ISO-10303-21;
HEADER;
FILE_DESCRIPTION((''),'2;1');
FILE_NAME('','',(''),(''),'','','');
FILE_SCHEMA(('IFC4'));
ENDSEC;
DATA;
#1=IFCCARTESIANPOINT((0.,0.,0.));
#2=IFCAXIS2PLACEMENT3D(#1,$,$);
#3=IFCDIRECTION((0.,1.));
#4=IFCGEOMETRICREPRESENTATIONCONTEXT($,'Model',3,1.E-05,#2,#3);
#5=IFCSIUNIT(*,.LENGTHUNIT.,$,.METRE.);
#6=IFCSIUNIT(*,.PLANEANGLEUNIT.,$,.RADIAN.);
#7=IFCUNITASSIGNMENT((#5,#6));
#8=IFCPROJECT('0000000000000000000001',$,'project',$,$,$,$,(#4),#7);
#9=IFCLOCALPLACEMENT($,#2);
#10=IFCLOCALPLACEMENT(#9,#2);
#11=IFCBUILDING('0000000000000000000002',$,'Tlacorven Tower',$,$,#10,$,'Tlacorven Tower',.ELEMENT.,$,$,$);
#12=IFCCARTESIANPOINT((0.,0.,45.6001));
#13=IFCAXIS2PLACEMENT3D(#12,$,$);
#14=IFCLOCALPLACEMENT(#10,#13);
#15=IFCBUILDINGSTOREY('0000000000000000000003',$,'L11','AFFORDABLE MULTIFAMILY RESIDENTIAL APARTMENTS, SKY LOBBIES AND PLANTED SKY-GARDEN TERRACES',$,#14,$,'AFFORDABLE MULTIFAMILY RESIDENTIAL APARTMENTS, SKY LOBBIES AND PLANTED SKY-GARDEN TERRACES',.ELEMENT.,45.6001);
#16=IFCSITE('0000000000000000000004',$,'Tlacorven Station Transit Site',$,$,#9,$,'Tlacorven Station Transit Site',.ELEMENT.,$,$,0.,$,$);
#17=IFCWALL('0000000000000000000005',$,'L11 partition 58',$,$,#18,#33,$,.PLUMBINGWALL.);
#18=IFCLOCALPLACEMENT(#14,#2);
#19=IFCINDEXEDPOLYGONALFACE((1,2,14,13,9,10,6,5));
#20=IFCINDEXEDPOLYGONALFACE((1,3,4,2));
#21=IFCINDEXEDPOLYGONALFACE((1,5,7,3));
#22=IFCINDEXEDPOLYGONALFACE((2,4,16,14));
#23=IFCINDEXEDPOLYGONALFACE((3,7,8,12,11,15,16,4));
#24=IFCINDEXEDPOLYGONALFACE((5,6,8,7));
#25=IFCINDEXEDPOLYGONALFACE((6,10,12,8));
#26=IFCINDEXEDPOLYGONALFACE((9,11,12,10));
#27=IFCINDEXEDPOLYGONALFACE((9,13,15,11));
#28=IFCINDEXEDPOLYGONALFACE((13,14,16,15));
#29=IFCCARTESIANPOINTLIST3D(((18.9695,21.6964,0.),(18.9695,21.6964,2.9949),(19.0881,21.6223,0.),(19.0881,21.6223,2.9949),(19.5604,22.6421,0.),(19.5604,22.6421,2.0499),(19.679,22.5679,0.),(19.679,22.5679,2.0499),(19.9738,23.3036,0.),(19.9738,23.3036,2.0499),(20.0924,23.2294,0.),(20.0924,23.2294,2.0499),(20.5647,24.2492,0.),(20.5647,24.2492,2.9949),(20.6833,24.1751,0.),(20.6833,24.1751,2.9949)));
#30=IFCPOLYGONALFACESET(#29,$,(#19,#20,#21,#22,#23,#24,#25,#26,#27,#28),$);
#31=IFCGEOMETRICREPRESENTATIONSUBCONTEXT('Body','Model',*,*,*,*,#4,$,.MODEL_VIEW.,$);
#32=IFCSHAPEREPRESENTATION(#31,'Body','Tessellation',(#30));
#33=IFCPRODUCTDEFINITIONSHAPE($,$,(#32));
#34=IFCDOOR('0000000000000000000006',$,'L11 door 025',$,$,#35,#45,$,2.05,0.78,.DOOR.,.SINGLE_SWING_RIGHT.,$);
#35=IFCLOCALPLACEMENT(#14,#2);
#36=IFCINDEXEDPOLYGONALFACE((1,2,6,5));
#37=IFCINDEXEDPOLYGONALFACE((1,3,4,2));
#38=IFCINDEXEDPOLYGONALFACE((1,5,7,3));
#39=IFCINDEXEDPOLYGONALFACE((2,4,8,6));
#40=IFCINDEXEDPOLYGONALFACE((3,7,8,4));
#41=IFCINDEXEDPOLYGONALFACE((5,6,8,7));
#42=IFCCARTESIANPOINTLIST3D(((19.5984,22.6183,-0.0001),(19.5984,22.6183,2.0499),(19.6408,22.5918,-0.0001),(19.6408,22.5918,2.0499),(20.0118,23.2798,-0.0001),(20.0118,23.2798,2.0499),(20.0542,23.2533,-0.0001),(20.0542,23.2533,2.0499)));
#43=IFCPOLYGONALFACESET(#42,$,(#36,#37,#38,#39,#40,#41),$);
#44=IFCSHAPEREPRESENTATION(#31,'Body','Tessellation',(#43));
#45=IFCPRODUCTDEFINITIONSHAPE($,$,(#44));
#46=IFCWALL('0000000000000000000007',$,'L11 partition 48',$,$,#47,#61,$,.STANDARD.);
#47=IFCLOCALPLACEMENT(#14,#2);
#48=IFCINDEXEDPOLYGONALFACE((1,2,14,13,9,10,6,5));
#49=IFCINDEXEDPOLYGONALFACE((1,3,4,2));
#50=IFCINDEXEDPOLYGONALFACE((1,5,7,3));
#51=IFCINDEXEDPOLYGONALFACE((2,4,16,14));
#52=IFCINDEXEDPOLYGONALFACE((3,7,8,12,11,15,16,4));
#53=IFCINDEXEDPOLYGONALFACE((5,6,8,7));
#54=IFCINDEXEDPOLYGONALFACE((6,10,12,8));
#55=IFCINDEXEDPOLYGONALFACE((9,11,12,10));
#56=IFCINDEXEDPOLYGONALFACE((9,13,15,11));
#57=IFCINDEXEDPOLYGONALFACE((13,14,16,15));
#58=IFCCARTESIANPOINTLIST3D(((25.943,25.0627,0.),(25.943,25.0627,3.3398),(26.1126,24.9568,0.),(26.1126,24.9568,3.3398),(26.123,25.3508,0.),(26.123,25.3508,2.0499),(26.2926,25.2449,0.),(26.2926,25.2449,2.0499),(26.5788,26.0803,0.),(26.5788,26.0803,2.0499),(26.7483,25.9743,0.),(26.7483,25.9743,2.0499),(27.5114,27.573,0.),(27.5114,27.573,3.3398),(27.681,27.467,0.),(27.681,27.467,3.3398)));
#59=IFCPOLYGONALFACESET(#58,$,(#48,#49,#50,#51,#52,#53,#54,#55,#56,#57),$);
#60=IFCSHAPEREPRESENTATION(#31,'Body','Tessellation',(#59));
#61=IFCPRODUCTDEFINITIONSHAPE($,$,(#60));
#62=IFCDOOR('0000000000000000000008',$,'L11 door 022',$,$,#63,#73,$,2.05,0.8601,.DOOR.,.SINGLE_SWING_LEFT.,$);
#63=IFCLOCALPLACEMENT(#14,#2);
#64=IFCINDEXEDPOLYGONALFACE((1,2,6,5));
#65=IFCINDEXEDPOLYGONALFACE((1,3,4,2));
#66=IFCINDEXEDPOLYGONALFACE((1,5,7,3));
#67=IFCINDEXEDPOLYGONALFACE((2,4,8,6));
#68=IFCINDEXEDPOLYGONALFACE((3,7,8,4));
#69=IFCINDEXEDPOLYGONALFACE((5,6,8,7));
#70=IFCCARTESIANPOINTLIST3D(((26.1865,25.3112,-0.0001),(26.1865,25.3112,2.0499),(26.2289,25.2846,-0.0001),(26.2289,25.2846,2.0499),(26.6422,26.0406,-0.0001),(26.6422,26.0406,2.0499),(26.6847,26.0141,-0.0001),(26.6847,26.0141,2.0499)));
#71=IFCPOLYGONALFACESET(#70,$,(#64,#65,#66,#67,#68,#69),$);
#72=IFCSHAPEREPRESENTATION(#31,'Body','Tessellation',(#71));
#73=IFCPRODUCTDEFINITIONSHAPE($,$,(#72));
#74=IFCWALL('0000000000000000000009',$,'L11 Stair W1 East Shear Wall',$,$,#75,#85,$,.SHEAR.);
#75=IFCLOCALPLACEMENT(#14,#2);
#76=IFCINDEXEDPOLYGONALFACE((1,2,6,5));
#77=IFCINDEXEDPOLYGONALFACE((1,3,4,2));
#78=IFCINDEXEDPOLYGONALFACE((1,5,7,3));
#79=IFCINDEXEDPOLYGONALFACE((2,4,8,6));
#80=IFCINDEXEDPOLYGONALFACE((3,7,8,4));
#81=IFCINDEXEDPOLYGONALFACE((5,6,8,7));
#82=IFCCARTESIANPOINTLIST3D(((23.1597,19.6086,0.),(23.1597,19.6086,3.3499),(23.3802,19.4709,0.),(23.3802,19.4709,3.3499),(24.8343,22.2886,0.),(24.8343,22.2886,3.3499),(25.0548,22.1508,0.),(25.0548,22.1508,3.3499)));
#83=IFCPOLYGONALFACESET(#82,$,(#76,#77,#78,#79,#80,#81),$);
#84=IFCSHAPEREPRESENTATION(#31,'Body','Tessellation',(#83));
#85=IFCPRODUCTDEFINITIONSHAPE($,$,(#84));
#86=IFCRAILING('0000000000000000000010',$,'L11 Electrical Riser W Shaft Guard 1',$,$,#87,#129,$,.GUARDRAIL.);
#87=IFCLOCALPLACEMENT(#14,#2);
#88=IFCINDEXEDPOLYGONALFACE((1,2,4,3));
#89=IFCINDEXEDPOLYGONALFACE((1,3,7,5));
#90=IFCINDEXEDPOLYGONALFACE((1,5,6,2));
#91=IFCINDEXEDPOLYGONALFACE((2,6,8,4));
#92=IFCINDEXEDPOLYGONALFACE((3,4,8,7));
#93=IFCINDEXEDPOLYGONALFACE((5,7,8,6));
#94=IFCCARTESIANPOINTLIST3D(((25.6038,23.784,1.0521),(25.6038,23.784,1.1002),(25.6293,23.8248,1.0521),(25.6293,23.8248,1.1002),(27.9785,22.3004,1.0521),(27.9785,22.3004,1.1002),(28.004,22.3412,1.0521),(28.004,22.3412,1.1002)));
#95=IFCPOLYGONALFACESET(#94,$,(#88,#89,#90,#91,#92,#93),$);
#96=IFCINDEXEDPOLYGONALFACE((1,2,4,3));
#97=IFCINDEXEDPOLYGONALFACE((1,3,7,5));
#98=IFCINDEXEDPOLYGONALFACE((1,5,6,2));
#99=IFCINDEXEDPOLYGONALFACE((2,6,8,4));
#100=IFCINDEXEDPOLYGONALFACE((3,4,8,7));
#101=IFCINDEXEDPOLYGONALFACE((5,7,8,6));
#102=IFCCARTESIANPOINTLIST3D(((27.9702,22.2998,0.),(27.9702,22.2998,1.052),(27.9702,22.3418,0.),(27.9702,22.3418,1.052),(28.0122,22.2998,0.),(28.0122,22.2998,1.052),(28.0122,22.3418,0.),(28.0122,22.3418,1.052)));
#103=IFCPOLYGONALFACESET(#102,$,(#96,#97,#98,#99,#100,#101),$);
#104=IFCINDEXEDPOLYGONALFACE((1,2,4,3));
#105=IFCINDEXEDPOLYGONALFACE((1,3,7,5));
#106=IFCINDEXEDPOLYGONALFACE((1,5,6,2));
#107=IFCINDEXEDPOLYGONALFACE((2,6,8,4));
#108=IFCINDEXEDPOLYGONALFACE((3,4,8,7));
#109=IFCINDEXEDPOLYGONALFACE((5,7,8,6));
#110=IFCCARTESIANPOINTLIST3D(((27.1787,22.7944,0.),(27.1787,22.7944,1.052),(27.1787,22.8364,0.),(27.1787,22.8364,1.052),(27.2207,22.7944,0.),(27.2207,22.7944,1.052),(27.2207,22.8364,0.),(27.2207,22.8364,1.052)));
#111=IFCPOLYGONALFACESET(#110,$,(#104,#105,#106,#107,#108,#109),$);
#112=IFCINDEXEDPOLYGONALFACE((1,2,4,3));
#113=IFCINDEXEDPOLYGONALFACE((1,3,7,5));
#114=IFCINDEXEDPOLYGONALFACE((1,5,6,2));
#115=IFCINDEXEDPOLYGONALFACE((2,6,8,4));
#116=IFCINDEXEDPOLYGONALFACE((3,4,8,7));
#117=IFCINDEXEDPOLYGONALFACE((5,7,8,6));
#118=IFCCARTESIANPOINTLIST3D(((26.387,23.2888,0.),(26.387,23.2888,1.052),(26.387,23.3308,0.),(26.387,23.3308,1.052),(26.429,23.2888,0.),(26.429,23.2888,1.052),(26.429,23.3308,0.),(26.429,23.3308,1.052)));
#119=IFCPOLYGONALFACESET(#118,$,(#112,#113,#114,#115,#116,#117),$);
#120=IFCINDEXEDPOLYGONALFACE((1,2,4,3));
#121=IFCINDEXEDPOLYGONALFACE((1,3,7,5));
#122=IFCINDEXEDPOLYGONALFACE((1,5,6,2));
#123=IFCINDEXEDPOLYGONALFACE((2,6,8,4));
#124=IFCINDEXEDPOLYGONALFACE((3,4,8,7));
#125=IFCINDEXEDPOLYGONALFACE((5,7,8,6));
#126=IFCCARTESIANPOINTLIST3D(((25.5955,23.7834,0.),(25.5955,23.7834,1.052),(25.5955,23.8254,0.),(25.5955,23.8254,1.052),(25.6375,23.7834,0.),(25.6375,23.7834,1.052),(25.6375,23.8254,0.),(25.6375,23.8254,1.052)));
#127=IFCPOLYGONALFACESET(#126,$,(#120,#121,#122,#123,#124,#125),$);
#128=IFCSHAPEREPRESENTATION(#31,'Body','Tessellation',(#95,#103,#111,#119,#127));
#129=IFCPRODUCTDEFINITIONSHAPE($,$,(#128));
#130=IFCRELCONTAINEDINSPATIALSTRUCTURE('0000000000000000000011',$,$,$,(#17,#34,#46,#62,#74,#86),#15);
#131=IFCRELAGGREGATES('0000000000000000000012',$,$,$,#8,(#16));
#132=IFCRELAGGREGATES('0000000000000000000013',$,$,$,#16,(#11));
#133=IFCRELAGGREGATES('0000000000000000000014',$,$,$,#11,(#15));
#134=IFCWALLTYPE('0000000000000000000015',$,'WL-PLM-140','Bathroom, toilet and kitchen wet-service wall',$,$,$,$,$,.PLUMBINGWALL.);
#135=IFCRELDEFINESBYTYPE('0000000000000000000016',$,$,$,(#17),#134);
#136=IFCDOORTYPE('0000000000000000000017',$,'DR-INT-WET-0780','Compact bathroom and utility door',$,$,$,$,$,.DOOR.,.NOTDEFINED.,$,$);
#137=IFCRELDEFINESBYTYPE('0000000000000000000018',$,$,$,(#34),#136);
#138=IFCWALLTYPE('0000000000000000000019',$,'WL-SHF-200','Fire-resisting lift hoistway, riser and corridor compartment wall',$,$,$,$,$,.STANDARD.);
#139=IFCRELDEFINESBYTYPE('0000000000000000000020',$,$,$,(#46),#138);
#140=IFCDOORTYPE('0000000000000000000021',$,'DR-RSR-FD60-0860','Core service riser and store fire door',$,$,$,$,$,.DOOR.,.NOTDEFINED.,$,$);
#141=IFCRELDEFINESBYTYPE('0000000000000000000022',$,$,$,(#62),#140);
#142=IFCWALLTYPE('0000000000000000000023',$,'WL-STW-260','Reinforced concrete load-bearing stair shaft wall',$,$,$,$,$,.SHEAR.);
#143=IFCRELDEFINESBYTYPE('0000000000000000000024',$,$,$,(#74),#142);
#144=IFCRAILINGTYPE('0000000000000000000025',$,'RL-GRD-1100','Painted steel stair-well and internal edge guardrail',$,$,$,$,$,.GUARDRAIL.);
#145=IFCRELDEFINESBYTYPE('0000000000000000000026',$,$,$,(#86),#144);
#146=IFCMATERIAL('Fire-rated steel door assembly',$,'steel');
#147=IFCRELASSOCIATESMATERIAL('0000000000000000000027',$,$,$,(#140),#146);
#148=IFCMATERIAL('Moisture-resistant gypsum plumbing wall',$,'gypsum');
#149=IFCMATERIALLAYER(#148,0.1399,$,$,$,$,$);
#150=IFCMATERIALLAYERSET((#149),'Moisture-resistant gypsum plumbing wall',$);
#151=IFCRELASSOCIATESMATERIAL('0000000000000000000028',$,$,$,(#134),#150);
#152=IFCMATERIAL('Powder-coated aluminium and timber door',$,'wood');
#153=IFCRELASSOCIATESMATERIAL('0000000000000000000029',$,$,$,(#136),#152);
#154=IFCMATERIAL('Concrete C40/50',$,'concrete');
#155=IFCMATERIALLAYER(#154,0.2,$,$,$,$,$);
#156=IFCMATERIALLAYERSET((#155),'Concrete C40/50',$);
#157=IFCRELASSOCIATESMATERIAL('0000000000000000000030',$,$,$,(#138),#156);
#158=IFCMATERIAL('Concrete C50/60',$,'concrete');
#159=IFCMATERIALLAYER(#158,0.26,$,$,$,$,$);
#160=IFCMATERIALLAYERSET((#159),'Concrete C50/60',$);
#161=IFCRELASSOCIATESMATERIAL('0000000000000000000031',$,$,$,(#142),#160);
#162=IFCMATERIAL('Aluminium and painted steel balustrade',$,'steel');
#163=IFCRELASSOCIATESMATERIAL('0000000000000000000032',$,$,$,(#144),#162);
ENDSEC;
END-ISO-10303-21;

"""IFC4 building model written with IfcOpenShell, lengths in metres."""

from ifc_helpers import new_model, si_unit, direction, frame, frame_2d, origin, origin_2d, place, context, subcontext, project, spatial, rectangle, extrude, source, transform, mapped, material, layer, layer_set, type_object, element, fill, save


model = new_model("IFC4")

# Units and contexts
model_context = context("Model", 3, precision=1e-05, world=origin(), true_north=direction((0.0, 1.0)))
body_context = subcontext(model_context, "Body", "Model", "MODEL_VIEW")
ifc_project = project(units=[si_unit("LENGTHUNIT", "METRE"), si_unit("PLANEANGLEUNIT", "RADIAN")], contexts=[model_context])

# Site, building, storey
site_placement = place(None, origin())
site = spatial("IfcSite", under=ifc_project, at=site_placement, Name="Tlacorven Station Transit Site", LongName="Tlacorven Station Transit Site", CompositionType="ELEMENT", RefElevation=0.0)
building_placement = place(site_placement, origin())
building = spatial("IfcBuilding", under=site, at=building_placement, Name="Tlacorven Tower", LongName="Tlacorven Tower", CompositionType="ELEMENT")
storey_placement = place(building_placement, frame((0.0, 0.0, 45.6001)))
storey = spatial("IfcBuildingStorey", under=building, at=storey_placement, Name="L11", Description="AFFORDABLE MULTIFAMILY RESIDENTIAL APARTMENTS, SKY LOBBIES AND PLANTED SKY-GARDEN TERRACES", LongName="AFFORDABLE MULTIFAMILY RESIDENTIAL APARTMENTS, SKY LOBBIES AND PLANTED SKY-GARDEN TERRACES", CompositionType="ELEMENT", Elevation=45.6001)

# Shared definitions
ifc_material_1 = material(Name="Fire-rated steel door assembly", Category="steel")
door_type_1 = type_object("IfcDoorType", Name="DR-RSR-FD60-0860", Description="Core service riser and store fire door", OperationType="NOTDEFINED", PredefinedType="DOOR", material=ifc_material_1)
shared_shape_1 = source(origin(), body_context, "Body", "SweptSolid", [
    extrude(rectangle(XDim=0.8601, YDim=2.05, at=frame_2d((0.4302, 1.0249))), frame((0.0, 0.0249, 0.0), z_axis=(0.0, -1.0, 0.0), x_axis=(1.0, 0.0, 0.0)), (0.0, 0.0, 1.0), 0.05),
])

# Walls, openings, doors
ifc_material_2 = material(Name="Moisture-resistant gypsum plumbing wall", Category="gypsum")
ifc_layer_1 = layer(ifc_material_2, 0.1399)
ifc_layer_set_1 = layer_set([ifc_layer_1], Name="Moisture-resistant gypsum plumbing wall")
wall_type_1 = type_object("IfcWallType", Name="WL-PLM-140", Description="Bathroom, toilet and kitchen wet-service wall", PredefinedType="PLUMBINGWALL", material=ifc_layer_set_1)
wall_1_placement = place(storey_placement, frame((20.624, 24.2122, 0.0), z_axis=(0.0, 0.0, 1.0), x_axis=(-0.529941, -0.848035, 0.0)))
wall_1 = element("IfcWall", 1, at=wall_1_placement, inside=storey, type_object=wall_type_1, Name="L11 partition 58", PredefinedType="PLUMBINGWALL", context=body_context, shape_type="SweptSolid", body=[
    extrude(rectangle(XDim=3.0103, YDim=0.1399, at=frame_2d((1.5051, 0.0))), origin(), (0.0, 0.0, 1.0), 2.9949),
])
opening_1_placement = place(wall_1_placement, frame((1.115, 0.0, 0.0)))
opening_1 = element("IfcOpeningElement", 2, at=opening_1_placement, cuts=wall_1, PredefinedType="OPENING", context=body_context, shape_type="SweptSolid", body=[
    extrude(rectangle(XDim=0.78, YDim=2.05, at=frame_2d((0.3901, 1.0249))), frame((0.0, 0.0801, 0.0), z_axis=(0.0, -1.0, 0.0), x_axis=(1.0, 0.0, 0.0)), (0.0, 0.0, 1.0), 0.1599),
])
ifc_material_3 = material(Name="Powder-coated aluminium and timber door", Category="wood")
door_type_2 = type_object("IfcDoorType", Name="DR-INT-WET-0780", Description="Compact bathroom and utility door", OperationType="NOTDEFINED", PredefinedType="DOOR", material=ifc_material_3)
shared_shape_2 = source(origin(), body_context, "Body", "SweptSolid", [
    extrude(rectangle(XDim=0.78, YDim=2.05, at=frame_2d((0.3901, 1.0249))), frame((0.0, 0.0249, 0.0), z_axis=(0.0, -1.0, 0.0), x_axis=(1.0, 0.0, 0.0)), (0.0, 0.0, 1.0), 0.05),
])
door_1_placement = place(opening_1_placement, origin())
door_1 = element("IfcDoor", 3, at=door_1_placement, inside=storey, type_object=door_type_2, Name="L11 door 025", OperationType="SINGLE_SWING_RIGHT", OverallHeight=2.05, OverallWidth=0.78, PredefinedType="DOOR", context=body_context, shape_type="MappedRepresentation", body=[
    mapped(shared_shape_2, transform((0.0, 0.0, 0.0), scale=1.0)),
])
fill(opening_1, door_1)
ifc_material_4 = material(Name="Concrete C40/50", Category="concrete")
ifc_layer_2 = layer(ifc_material_4, 0.2)
ifc_layer_set_2 = layer_set([ifc_layer_2], Name="Concrete C40/50")
wall_type_2 = type_object("IfcWallType", Name="WL-SHF-200", Description="Fire-resisting lift hoistway, riser and corridor compartment wall", PredefinedType="STANDARD", material=ifc_layer_set_2)
wall_2_placement = place(storey_placement, frame((27.5962, 27.52, 0.0), z_axis=(0.0, 0.0, 1.0), x_axis=(-0.529865, -0.848082, 0.0)))
wall_2 = element("IfcWall", 4, at=wall_2_placement, inside=storey, type_object=wall_type_2, Name="L11 partition 48", PredefinedType="STANDARD", context=body_context, shape_type="SweptSolid", body=[
    extrude(rectangle(XDim=2.96, YDim=0.2, at=frame_2d((1.48, 0.0))), origin(), (0.0, 0.0, 1.0), 3.3398),
])
opening_2_placement = place(wall_2_placement, frame((1.76, 0.0, 0.0)))
opening_2 = element("IfcOpeningElement", 5, at=opening_2_placement, cuts=wall_2, PredefinedType="OPENING", context=body_context, shape_type="SweptSolid", body=[
    extrude(rectangle(XDim=0.8601, YDim=2.05, at=frame_2d((0.4302, 1.0249))), frame((0.0, 0.1099, 0.0), z_axis=(0.0, -1.0, 0.0), x_axis=(1.0, 0.0, 0.0)), (0.0, 0.0, 1.0), 0.22),
])
door_2_placement = place(opening_2_placement, origin())
door_2 = element("IfcDoor", 6, at=door_2_placement, inside=storey, type_object=door_type_1, Name="L11 door 022", OperationType="SINGLE_SWING_LEFT", OverallHeight=2.05, OverallWidth=0.8601, PredefinedType="DOOR", context=body_context, shape_type="MappedRepresentation", body=[
    mapped(shared_shape_1, transform((0.0, 0.0, 0.0), scale=1.0)),
])
fill(opening_2, door_2)

# Wall
ifc_material_5 = material(Name="Concrete C50/60", Category="concrete")
ifc_layer_3 = layer(ifc_material_5, 0.26)
ifc_layer_set_3 = layer_set([ifc_layer_3], Name="Concrete C50/60")
wall_type_3 = type_object("IfcWallType", Name="WL-STW-260", Description="Reinforced concrete load-bearing stair shaft wall", PredefinedType="SHEAR", material=ifc_layer_set_3)
wall_3_placement = place(storey_placement, frame((24.9446, 22.2197, 0.0), z_axis=(0.0, 0.0, 1.0), x_axis=(-0.529909, -0.848055, 0.0)))
element("IfcWall", 7, at=wall_3_placement, inside=storey, type_object=wall_type_3, Name="L11 Stair W1 East Shear Wall", PredefinedType="SHEAR", context=body_context, shape_type="SweptSolid", body=[
    extrude(rectangle(XDim=3.1602, YDim=0.26, at=frame_2d((1.5801, 0.0))), origin(), (0.0, 0.0, 1.0), 3.3499),
])

# Railing
ifc_material_6 = material(Name="Aluminium and painted steel balustrade", Category="steel")
railing_type = type_object("IfcRailingType", Name="RL-GRD-1100", Description="Painted steel stair-well and internal edge guardrail", PredefinedType="GUARDRAIL", material=ifc_material_6)
shared_shape_3 = source(origin(), body_context, "Body", "SweptSolid", [
    extrude(rectangle(XDim=0.0481, YDim=0.0481, at=origin_2d()), frame((0.0, 0.0, 1.0762), z_axis=(-0.848091, 0.52985, 0.0), x_axis=(-0.52985, -0.848091, 0.0)), (0.0, 0.0, 1.0), 2.8),
    extrude(rectangle(XDim=0.042, YDim=0.042, at=origin_2d()), origin(), (0.0, 0.0, 1.0), 1.052),
    extrude(rectangle(XDim=0.042, YDim=0.042, at=origin_2d()), frame((-0.7915, 0.4946, 0.0)), (0.0, 0.0, 1.0), 1.052),
    extrude(rectangle(XDim=0.042, YDim=0.042, at=origin_2d()), frame((-1.5833, 0.989, 0.0)), (0.0, 0.0, 1.0), 1.052),
    extrude(rectangle(XDim=0.042, YDim=0.042, at=origin_2d()), frame((-2.3748, 1.4836, 0.0)), (0.0, 0.0, 1.0), 1.052),
])
railing_placement = place(storey_placement, frame((27.9912, 22.3208, 0.0)))
element("IfcRailing", 8, at=railing_placement, inside=storey, type_object=railing_type, Name="L11 Electrical Riser W Shaft Guard 1", PredefinedType="GUARDRAIL", context=body_context, shape_type="MappedRepresentation", body=[
    mapped(shared_shape_3, transform((0.0, 0.0, 0.0), scale=1.0)),
])

save(model, "model.ifc")
